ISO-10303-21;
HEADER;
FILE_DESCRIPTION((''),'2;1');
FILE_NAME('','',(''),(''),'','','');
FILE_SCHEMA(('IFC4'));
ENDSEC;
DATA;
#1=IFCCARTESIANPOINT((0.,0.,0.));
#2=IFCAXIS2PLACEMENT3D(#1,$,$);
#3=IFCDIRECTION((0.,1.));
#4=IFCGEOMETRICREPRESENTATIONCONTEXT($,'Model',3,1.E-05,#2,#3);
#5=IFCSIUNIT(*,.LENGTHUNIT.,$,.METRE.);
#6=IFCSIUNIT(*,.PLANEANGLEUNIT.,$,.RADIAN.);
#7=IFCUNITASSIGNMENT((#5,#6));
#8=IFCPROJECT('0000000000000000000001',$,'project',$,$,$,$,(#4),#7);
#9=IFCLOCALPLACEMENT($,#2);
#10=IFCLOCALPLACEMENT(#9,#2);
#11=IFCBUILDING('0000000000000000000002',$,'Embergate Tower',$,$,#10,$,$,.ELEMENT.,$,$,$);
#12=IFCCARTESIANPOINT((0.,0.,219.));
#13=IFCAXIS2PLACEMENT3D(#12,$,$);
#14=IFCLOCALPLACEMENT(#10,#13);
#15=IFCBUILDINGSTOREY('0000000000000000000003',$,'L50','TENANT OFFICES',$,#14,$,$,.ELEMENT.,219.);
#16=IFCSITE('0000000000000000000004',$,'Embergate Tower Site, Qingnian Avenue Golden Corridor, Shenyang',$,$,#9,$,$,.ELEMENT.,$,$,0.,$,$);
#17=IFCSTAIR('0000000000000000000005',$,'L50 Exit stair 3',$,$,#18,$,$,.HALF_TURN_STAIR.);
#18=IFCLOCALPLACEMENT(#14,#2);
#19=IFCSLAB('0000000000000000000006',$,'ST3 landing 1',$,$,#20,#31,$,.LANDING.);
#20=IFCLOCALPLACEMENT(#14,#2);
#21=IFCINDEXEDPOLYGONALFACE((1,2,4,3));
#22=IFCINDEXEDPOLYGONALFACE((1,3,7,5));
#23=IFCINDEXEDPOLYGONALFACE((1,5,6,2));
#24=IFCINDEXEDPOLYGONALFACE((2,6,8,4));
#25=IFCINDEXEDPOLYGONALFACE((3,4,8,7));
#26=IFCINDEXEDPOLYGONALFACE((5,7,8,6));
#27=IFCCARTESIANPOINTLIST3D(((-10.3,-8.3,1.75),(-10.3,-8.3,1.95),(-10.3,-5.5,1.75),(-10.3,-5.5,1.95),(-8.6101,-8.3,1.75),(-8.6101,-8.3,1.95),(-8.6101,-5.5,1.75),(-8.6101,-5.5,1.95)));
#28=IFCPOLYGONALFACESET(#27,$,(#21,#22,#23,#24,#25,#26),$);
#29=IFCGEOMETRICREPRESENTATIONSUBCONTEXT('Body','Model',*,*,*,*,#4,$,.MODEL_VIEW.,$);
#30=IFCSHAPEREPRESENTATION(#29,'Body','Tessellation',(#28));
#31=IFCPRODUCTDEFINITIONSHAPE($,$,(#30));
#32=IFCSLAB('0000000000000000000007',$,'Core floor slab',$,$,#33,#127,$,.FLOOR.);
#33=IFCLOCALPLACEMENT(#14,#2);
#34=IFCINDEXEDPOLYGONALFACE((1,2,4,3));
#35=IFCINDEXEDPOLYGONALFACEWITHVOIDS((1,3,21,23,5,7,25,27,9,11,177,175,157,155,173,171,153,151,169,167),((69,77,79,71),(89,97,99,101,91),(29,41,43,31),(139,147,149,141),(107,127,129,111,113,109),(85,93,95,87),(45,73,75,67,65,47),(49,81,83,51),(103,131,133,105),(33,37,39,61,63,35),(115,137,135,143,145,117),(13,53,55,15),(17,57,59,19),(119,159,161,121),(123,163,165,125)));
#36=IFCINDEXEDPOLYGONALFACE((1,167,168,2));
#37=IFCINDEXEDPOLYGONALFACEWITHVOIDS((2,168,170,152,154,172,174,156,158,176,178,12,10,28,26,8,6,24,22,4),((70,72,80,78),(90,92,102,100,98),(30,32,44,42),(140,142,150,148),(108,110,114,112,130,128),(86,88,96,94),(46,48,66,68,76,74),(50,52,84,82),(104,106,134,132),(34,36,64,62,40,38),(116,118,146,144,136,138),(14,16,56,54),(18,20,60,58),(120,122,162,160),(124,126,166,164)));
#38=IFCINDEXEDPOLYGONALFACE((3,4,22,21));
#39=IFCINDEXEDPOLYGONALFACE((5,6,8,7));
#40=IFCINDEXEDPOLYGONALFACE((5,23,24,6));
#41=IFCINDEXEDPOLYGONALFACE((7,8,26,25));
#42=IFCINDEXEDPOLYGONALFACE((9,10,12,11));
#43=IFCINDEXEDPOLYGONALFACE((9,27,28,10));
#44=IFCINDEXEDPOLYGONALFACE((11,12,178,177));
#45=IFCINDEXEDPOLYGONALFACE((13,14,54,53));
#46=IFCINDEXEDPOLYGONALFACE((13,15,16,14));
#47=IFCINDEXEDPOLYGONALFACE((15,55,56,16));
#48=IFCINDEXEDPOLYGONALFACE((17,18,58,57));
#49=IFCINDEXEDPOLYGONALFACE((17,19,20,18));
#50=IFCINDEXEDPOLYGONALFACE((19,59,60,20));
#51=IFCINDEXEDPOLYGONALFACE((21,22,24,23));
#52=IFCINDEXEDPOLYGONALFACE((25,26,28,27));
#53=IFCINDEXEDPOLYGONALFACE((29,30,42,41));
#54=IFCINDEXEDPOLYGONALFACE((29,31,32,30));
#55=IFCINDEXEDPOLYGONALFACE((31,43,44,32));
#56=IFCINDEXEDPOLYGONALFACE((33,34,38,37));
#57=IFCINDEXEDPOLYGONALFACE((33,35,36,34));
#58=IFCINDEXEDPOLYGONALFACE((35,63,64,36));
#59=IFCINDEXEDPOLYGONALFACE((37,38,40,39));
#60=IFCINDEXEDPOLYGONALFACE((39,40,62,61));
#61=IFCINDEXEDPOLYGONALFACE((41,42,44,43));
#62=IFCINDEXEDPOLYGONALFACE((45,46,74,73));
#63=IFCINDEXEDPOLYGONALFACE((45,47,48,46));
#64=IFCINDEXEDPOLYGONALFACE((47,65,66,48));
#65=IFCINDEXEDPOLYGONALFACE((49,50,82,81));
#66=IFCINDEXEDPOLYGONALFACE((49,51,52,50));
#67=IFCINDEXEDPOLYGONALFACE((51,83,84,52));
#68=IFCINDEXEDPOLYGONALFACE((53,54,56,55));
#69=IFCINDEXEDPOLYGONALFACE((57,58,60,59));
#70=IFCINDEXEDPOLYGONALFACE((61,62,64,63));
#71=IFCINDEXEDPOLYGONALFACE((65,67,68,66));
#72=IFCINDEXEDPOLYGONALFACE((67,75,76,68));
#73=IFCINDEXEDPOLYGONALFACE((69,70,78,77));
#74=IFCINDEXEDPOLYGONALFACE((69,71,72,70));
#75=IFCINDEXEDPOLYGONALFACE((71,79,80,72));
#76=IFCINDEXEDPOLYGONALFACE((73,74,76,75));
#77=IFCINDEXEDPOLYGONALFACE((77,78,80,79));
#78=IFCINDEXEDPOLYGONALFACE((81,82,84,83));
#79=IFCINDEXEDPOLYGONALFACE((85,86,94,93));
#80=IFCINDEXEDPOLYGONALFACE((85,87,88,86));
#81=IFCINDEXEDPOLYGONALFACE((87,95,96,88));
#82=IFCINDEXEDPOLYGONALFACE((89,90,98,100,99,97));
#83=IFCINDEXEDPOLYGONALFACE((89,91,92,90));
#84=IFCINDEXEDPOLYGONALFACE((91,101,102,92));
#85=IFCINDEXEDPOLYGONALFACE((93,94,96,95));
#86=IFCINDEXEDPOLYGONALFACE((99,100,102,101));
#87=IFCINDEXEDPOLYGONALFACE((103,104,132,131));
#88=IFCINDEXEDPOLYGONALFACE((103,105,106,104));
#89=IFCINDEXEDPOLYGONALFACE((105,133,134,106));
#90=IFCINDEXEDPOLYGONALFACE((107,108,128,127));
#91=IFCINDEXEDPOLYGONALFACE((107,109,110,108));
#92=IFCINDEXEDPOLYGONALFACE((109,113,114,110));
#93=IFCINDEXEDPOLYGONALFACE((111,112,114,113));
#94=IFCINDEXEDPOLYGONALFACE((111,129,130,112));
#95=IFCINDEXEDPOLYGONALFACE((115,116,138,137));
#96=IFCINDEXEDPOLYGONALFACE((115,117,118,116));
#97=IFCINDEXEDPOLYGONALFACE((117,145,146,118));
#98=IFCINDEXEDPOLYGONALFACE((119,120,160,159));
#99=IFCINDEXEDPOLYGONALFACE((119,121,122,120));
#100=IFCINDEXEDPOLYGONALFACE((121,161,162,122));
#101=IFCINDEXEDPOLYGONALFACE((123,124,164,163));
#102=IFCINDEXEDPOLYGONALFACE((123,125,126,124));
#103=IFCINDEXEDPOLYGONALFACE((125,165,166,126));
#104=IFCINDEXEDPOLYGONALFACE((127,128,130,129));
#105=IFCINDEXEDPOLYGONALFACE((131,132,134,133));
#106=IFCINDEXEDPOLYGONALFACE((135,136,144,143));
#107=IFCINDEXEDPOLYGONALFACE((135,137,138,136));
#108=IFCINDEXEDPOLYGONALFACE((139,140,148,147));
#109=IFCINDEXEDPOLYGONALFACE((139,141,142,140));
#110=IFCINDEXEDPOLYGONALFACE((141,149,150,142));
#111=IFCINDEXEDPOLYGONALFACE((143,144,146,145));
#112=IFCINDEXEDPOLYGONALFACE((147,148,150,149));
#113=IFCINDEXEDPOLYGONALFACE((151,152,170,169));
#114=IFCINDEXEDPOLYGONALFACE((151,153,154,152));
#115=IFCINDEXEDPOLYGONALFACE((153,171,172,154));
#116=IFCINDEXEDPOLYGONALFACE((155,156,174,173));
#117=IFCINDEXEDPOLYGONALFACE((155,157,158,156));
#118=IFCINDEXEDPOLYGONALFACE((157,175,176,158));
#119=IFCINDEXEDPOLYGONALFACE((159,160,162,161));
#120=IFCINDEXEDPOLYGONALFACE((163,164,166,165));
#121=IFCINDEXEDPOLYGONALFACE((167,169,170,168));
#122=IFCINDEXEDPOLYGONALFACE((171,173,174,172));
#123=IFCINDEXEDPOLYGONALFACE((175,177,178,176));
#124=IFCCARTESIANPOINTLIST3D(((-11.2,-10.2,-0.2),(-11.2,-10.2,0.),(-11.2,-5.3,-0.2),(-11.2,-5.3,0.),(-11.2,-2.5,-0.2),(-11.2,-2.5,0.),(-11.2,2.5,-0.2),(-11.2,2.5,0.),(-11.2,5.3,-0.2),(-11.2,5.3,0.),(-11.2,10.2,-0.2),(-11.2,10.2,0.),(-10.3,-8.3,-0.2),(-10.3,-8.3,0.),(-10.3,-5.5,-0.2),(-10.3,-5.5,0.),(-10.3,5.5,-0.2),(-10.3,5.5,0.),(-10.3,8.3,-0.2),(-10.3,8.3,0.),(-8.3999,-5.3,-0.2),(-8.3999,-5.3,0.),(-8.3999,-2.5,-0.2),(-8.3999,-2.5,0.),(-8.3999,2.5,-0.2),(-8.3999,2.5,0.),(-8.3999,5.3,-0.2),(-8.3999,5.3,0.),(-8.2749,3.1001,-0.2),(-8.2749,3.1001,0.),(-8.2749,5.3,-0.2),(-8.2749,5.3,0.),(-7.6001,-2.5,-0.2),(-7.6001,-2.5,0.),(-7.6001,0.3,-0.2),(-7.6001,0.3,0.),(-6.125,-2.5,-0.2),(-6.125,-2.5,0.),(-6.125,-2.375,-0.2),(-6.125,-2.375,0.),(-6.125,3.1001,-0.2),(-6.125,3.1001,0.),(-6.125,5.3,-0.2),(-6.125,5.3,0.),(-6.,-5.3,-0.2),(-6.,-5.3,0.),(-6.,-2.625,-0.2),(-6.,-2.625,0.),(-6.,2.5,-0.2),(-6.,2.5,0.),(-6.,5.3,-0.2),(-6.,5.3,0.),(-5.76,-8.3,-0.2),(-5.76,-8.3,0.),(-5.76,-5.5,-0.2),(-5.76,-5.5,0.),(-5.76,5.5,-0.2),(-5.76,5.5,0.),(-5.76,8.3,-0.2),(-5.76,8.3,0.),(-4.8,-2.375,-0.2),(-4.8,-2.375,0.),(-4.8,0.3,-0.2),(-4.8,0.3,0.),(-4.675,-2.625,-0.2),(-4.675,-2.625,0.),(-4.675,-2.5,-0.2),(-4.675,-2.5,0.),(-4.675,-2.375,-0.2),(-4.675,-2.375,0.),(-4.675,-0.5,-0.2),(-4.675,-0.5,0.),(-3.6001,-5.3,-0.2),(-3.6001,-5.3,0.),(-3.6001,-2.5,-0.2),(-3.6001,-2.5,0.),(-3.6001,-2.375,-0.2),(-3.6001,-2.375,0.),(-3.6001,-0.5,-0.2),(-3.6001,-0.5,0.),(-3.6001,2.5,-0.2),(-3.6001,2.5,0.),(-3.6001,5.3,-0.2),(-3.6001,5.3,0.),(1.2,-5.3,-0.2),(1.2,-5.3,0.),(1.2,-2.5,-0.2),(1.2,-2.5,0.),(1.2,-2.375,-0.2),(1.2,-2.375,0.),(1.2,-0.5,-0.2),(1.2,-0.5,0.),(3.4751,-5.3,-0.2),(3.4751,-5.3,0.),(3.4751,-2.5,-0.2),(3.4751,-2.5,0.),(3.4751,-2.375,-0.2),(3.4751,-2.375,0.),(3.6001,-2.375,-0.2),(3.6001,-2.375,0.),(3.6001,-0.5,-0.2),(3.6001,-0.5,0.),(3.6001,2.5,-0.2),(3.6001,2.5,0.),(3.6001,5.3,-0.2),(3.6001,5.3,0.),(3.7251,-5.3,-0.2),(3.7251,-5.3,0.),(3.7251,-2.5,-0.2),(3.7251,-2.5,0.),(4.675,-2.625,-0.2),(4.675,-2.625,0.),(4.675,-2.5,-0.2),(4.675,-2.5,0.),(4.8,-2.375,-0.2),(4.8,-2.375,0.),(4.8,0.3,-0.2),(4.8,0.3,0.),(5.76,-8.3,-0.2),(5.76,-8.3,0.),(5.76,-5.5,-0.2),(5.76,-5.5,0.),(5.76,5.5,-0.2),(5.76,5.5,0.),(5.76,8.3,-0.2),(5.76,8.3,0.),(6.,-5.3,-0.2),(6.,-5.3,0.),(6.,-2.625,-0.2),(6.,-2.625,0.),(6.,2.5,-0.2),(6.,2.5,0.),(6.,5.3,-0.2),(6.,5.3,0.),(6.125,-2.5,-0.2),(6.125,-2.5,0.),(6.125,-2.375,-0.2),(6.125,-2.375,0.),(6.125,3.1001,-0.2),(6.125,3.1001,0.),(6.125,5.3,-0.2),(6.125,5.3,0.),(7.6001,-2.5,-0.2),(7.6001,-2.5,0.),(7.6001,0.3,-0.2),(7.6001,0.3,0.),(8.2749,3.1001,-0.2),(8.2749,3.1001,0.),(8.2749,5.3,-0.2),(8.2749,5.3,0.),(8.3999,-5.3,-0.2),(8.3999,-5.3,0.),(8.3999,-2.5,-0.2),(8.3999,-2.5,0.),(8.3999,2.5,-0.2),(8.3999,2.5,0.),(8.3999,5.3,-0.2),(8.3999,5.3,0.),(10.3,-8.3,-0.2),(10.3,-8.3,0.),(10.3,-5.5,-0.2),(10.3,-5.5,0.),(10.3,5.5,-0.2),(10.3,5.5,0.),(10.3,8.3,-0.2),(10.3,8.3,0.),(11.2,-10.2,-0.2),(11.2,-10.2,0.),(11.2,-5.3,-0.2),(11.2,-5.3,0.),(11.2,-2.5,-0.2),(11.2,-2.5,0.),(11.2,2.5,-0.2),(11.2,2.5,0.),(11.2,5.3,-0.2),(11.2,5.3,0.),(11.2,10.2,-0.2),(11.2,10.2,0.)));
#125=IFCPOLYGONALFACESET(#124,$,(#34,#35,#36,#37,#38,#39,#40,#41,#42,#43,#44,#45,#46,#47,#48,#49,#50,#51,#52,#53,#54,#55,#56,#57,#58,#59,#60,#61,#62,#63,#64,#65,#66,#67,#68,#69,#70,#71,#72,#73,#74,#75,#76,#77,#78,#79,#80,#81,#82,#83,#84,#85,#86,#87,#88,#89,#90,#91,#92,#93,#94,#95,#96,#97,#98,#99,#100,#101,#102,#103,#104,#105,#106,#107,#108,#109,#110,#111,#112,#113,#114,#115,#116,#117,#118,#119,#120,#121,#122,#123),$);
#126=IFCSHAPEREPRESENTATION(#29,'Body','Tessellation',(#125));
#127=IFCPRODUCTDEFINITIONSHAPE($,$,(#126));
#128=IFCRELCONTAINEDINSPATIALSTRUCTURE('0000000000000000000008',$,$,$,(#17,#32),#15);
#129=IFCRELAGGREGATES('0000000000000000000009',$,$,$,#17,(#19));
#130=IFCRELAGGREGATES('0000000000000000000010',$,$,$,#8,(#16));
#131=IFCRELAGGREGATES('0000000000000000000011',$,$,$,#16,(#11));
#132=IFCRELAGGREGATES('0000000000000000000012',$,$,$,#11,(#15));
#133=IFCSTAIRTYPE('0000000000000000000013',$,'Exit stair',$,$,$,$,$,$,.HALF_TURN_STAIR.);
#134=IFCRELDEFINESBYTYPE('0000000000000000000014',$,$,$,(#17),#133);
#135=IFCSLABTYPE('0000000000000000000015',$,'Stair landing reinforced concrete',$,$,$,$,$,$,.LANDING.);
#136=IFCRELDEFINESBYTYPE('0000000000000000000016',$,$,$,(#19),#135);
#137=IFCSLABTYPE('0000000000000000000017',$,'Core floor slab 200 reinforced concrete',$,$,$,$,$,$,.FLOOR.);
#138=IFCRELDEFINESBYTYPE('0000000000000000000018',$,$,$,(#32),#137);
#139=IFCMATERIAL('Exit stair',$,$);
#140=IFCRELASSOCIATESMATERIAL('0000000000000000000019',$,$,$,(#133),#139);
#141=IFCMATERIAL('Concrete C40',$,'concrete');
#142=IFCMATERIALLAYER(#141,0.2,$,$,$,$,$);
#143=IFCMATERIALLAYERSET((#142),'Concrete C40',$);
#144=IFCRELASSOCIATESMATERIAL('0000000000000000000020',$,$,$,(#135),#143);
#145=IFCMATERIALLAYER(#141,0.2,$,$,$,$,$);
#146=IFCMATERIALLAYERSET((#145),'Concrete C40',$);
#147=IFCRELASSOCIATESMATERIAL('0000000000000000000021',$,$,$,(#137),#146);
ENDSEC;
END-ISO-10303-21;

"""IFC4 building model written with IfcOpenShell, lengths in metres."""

from ifc_helpers import new_model, si_unit, direction, frame, origin, place, context, subcontext, project, spatial, polyline, outline, extrude, source, transform, mapped, material, layer, layer_set, type_object, element, aggregate, save


model = new_model("IFC4")

# Units and contexts
model_context = context("Model", 3, precision=1e-05, world=origin(), true_north=direction((0.0, 1.0)))
body_context = subcontext(model_context, "Body", "Model", "MODEL_VIEW")
ifc_project = project(units=[si_unit("LENGTHUNIT", "METRE"), si_unit("PLANEANGLEUNIT", "RADIAN")], contexts=[model_context])

# Site, building, storey
site_placement = place(None, origin())
site = spatial("IfcSite", under=ifc_project, at=site_placement, Name="Embergate Tower Site, Qingnian Avenue Golden Corridor, Shenyang", CompositionType="ELEMENT", RefElevation=0.0)
building_placement = place(site_placement, origin())
building = spatial("IfcBuilding", under=site, at=building_placement, Name="Embergate Tower", CompositionType="ELEMENT")
storey_placement = place(building_placement, frame((0.0, 0.0, 219.0)))
storey = spatial("IfcBuildingStorey", under=building, at=storey_placement, Name="L50", Description="TENANT OFFICES", CompositionType="ELEMENT", Elevation=219.0)

# Stair, slab
ifc_material_1 = material(Name="Exit stair")
stair_type = type_object("IfcStairType", Name="Exit stair", PredefinedType="HALF_TURN_STAIR", material=ifc_material_1)
stair_placement = place(storey_placement, origin())
stair = element("IfcStair", 1, at=stair_placement, inside=storey, type_object=stair_type, Name="L50 Exit stair 3", PredefinedType="HALF_TURN_STAIR")
ifc_material_2 = material(Name="Concrete C40", Category="concrete")
ifc_layer_1 = layer(ifc_material_2, 0.2)
ifc_layer_set_1 = layer_set([ifc_layer_1], Name="Concrete C40")
slab_type_1 = type_object("IfcSlabType", Name="Stair landing reinforced concrete", PredefinedType="LANDING", material=ifc_layer_set_1)
shared_shape_1 = source(origin(), body_context, "Body", "SweptSolid", [
    extrude(outline(polyline([(0.0, 0.0), (1.6899, 0.0), (1.6899, 2.8), (0.0, 2.8), (0.0, 0.0)])), origin(), (0.0, 0.0, 1.0), 0.2),
])
slab_1_placement = place(storey_placement, frame((-10.3, -8.3, 1.75)))
slab_1 = element("IfcSlab", 2, at=slab_1_placement, type_object=slab_type_1, Name="ST3 landing 1", PredefinedType="LANDING", context=body_context, shape_type="MappedRepresentation", body=[
    mapped(shared_shape_1, transform((0.0, 0.0, 0.0))),
])

# Slab
ifc_layer_2 = layer(ifc_material_2, 0.2)
ifc_layer_set_2 = layer_set([ifc_layer_2], Name="Concrete C40")
slab_type_2 = type_object("IfcSlabType", Name="Core floor slab 200 reinforced concrete", PredefinedType="FLOOR", material=ifc_layer_set_2)
shared_shape_2 = source(origin(), body_context, "Body", "SweptSolid", [
    extrude(outline(polyline([(0.0, 0.0), (22.3999, 0.0), (22.3999, 4.8999), (19.5999, 4.8999), (19.5999, 7.7), (22.3999, 7.7), (22.3999, 12.7), (19.5999, 12.7), (19.5999, 15.5), (22.3999, 15.5), (22.3999, 20.3999), (0.0, 20.3999), (0.0, 15.5), (2.8, 15.5), (2.8, 12.7), (0.0, 12.7), (0.0, 7.7), (2.8, 7.7), (2.8, 4.8999), (0.0, 4.8999), (0.0, 0.0)]), holes=[polyline([(0.8999, 1.8999), (0.8999, 4.7), (5.4399, 4.7), (5.4399, 1.8999), (0.8999, 1.8999)]), polyline([(16.96, 1.8999), (16.96, 4.7), (21.5, 4.7), (21.5, 1.8999), (16.96, 1.8999)]), polyline([(5.2, 4.8999), (5.2, 7.575), (6.5249, 7.575), (6.5249, 7.7), (7.5999, 7.7), (7.5999, 4.8999), (5.2, 4.8999)]), polyline([(12.3999, 4.8999), (12.3999, 7.7), (14.675, 7.7), (14.675, 4.8999), (12.3999, 4.8999)]), polyline([(14.925, 4.8999), (14.925, 7.7), (15.875, 7.7), (15.875, 7.575), (17.2, 7.575), (17.2, 4.8999), (14.925, 4.8999)]), polyline([(3.5999, 7.7), (3.5999, 10.5), (6.3999, 10.5), (6.3999, 7.825), (5.075, 7.825), (5.075, 7.7), (3.5999, 7.7)]), polyline([(17.325, 7.7), (17.325, 7.825), (16.0, 7.825), (16.0, 10.5), (18.8, 10.5), (18.8, 7.7), (17.325, 7.7)]), polyline([(6.5249, 7.825), (6.5249, 9.7), (7.5999, 9.7), (7.5999, 7.825), (6.5249, 7.825)]), polyline([(12.3999, 7.825), (12.3999, 9.7), (14.8, 9.7), (14.8, 7.825), (14.675, 7.825), (12.3999, 7.825)]), polyline([(5.2, 12.7), (5.2, 15.5), (7.5999, 15.5), (7.5999, 12.7), (5.2, 12.7)]), polyline([(14.8, 12.7), (14.8, 15.5), (17.2, 15.5), (17.2, 12.7), (14.8, 12.7)]), polyline([(2.925, 13.3), (2.925, 15.5), (5.075, 15.5), (5.075, 13.3), (2.925, 13.3)]), polyline([(17.325, 13.3), (17.325, 15.5), (19.4749, 15.5), (19.4749, 13.3), (17.325, 13.3)]), polyline([(0.8999, 15.7), (0.8999, 18.5), (5.4399, 18.5), (5.4399, 15.7), (0.8999, 15.7)]), polyline([(16.96, 15.7), (16.96, 18.5), (21.5, 18.5), (21.5, 15.7), (16.96, 15.7)])]), origin(), (0.0, 0.0, 1.0), 0.2),
])
slab_2_placement = place(storey_placement, frame((-11.2, -10.2, -0.2)))
element("IfcSlab", 3, at=slab_2_placement, inside=storey, type_object=slab_type_2, Name="Core floor slab", PredefinedType="FLOOR", context=body_context, shape_type="MappedRepresentation", body=[
    mapped(shared_shape_2, transform((0.0, 0.0, 0.0))),
])

aggregate(stair, [slab_1])

save(model, "model.ifc")
